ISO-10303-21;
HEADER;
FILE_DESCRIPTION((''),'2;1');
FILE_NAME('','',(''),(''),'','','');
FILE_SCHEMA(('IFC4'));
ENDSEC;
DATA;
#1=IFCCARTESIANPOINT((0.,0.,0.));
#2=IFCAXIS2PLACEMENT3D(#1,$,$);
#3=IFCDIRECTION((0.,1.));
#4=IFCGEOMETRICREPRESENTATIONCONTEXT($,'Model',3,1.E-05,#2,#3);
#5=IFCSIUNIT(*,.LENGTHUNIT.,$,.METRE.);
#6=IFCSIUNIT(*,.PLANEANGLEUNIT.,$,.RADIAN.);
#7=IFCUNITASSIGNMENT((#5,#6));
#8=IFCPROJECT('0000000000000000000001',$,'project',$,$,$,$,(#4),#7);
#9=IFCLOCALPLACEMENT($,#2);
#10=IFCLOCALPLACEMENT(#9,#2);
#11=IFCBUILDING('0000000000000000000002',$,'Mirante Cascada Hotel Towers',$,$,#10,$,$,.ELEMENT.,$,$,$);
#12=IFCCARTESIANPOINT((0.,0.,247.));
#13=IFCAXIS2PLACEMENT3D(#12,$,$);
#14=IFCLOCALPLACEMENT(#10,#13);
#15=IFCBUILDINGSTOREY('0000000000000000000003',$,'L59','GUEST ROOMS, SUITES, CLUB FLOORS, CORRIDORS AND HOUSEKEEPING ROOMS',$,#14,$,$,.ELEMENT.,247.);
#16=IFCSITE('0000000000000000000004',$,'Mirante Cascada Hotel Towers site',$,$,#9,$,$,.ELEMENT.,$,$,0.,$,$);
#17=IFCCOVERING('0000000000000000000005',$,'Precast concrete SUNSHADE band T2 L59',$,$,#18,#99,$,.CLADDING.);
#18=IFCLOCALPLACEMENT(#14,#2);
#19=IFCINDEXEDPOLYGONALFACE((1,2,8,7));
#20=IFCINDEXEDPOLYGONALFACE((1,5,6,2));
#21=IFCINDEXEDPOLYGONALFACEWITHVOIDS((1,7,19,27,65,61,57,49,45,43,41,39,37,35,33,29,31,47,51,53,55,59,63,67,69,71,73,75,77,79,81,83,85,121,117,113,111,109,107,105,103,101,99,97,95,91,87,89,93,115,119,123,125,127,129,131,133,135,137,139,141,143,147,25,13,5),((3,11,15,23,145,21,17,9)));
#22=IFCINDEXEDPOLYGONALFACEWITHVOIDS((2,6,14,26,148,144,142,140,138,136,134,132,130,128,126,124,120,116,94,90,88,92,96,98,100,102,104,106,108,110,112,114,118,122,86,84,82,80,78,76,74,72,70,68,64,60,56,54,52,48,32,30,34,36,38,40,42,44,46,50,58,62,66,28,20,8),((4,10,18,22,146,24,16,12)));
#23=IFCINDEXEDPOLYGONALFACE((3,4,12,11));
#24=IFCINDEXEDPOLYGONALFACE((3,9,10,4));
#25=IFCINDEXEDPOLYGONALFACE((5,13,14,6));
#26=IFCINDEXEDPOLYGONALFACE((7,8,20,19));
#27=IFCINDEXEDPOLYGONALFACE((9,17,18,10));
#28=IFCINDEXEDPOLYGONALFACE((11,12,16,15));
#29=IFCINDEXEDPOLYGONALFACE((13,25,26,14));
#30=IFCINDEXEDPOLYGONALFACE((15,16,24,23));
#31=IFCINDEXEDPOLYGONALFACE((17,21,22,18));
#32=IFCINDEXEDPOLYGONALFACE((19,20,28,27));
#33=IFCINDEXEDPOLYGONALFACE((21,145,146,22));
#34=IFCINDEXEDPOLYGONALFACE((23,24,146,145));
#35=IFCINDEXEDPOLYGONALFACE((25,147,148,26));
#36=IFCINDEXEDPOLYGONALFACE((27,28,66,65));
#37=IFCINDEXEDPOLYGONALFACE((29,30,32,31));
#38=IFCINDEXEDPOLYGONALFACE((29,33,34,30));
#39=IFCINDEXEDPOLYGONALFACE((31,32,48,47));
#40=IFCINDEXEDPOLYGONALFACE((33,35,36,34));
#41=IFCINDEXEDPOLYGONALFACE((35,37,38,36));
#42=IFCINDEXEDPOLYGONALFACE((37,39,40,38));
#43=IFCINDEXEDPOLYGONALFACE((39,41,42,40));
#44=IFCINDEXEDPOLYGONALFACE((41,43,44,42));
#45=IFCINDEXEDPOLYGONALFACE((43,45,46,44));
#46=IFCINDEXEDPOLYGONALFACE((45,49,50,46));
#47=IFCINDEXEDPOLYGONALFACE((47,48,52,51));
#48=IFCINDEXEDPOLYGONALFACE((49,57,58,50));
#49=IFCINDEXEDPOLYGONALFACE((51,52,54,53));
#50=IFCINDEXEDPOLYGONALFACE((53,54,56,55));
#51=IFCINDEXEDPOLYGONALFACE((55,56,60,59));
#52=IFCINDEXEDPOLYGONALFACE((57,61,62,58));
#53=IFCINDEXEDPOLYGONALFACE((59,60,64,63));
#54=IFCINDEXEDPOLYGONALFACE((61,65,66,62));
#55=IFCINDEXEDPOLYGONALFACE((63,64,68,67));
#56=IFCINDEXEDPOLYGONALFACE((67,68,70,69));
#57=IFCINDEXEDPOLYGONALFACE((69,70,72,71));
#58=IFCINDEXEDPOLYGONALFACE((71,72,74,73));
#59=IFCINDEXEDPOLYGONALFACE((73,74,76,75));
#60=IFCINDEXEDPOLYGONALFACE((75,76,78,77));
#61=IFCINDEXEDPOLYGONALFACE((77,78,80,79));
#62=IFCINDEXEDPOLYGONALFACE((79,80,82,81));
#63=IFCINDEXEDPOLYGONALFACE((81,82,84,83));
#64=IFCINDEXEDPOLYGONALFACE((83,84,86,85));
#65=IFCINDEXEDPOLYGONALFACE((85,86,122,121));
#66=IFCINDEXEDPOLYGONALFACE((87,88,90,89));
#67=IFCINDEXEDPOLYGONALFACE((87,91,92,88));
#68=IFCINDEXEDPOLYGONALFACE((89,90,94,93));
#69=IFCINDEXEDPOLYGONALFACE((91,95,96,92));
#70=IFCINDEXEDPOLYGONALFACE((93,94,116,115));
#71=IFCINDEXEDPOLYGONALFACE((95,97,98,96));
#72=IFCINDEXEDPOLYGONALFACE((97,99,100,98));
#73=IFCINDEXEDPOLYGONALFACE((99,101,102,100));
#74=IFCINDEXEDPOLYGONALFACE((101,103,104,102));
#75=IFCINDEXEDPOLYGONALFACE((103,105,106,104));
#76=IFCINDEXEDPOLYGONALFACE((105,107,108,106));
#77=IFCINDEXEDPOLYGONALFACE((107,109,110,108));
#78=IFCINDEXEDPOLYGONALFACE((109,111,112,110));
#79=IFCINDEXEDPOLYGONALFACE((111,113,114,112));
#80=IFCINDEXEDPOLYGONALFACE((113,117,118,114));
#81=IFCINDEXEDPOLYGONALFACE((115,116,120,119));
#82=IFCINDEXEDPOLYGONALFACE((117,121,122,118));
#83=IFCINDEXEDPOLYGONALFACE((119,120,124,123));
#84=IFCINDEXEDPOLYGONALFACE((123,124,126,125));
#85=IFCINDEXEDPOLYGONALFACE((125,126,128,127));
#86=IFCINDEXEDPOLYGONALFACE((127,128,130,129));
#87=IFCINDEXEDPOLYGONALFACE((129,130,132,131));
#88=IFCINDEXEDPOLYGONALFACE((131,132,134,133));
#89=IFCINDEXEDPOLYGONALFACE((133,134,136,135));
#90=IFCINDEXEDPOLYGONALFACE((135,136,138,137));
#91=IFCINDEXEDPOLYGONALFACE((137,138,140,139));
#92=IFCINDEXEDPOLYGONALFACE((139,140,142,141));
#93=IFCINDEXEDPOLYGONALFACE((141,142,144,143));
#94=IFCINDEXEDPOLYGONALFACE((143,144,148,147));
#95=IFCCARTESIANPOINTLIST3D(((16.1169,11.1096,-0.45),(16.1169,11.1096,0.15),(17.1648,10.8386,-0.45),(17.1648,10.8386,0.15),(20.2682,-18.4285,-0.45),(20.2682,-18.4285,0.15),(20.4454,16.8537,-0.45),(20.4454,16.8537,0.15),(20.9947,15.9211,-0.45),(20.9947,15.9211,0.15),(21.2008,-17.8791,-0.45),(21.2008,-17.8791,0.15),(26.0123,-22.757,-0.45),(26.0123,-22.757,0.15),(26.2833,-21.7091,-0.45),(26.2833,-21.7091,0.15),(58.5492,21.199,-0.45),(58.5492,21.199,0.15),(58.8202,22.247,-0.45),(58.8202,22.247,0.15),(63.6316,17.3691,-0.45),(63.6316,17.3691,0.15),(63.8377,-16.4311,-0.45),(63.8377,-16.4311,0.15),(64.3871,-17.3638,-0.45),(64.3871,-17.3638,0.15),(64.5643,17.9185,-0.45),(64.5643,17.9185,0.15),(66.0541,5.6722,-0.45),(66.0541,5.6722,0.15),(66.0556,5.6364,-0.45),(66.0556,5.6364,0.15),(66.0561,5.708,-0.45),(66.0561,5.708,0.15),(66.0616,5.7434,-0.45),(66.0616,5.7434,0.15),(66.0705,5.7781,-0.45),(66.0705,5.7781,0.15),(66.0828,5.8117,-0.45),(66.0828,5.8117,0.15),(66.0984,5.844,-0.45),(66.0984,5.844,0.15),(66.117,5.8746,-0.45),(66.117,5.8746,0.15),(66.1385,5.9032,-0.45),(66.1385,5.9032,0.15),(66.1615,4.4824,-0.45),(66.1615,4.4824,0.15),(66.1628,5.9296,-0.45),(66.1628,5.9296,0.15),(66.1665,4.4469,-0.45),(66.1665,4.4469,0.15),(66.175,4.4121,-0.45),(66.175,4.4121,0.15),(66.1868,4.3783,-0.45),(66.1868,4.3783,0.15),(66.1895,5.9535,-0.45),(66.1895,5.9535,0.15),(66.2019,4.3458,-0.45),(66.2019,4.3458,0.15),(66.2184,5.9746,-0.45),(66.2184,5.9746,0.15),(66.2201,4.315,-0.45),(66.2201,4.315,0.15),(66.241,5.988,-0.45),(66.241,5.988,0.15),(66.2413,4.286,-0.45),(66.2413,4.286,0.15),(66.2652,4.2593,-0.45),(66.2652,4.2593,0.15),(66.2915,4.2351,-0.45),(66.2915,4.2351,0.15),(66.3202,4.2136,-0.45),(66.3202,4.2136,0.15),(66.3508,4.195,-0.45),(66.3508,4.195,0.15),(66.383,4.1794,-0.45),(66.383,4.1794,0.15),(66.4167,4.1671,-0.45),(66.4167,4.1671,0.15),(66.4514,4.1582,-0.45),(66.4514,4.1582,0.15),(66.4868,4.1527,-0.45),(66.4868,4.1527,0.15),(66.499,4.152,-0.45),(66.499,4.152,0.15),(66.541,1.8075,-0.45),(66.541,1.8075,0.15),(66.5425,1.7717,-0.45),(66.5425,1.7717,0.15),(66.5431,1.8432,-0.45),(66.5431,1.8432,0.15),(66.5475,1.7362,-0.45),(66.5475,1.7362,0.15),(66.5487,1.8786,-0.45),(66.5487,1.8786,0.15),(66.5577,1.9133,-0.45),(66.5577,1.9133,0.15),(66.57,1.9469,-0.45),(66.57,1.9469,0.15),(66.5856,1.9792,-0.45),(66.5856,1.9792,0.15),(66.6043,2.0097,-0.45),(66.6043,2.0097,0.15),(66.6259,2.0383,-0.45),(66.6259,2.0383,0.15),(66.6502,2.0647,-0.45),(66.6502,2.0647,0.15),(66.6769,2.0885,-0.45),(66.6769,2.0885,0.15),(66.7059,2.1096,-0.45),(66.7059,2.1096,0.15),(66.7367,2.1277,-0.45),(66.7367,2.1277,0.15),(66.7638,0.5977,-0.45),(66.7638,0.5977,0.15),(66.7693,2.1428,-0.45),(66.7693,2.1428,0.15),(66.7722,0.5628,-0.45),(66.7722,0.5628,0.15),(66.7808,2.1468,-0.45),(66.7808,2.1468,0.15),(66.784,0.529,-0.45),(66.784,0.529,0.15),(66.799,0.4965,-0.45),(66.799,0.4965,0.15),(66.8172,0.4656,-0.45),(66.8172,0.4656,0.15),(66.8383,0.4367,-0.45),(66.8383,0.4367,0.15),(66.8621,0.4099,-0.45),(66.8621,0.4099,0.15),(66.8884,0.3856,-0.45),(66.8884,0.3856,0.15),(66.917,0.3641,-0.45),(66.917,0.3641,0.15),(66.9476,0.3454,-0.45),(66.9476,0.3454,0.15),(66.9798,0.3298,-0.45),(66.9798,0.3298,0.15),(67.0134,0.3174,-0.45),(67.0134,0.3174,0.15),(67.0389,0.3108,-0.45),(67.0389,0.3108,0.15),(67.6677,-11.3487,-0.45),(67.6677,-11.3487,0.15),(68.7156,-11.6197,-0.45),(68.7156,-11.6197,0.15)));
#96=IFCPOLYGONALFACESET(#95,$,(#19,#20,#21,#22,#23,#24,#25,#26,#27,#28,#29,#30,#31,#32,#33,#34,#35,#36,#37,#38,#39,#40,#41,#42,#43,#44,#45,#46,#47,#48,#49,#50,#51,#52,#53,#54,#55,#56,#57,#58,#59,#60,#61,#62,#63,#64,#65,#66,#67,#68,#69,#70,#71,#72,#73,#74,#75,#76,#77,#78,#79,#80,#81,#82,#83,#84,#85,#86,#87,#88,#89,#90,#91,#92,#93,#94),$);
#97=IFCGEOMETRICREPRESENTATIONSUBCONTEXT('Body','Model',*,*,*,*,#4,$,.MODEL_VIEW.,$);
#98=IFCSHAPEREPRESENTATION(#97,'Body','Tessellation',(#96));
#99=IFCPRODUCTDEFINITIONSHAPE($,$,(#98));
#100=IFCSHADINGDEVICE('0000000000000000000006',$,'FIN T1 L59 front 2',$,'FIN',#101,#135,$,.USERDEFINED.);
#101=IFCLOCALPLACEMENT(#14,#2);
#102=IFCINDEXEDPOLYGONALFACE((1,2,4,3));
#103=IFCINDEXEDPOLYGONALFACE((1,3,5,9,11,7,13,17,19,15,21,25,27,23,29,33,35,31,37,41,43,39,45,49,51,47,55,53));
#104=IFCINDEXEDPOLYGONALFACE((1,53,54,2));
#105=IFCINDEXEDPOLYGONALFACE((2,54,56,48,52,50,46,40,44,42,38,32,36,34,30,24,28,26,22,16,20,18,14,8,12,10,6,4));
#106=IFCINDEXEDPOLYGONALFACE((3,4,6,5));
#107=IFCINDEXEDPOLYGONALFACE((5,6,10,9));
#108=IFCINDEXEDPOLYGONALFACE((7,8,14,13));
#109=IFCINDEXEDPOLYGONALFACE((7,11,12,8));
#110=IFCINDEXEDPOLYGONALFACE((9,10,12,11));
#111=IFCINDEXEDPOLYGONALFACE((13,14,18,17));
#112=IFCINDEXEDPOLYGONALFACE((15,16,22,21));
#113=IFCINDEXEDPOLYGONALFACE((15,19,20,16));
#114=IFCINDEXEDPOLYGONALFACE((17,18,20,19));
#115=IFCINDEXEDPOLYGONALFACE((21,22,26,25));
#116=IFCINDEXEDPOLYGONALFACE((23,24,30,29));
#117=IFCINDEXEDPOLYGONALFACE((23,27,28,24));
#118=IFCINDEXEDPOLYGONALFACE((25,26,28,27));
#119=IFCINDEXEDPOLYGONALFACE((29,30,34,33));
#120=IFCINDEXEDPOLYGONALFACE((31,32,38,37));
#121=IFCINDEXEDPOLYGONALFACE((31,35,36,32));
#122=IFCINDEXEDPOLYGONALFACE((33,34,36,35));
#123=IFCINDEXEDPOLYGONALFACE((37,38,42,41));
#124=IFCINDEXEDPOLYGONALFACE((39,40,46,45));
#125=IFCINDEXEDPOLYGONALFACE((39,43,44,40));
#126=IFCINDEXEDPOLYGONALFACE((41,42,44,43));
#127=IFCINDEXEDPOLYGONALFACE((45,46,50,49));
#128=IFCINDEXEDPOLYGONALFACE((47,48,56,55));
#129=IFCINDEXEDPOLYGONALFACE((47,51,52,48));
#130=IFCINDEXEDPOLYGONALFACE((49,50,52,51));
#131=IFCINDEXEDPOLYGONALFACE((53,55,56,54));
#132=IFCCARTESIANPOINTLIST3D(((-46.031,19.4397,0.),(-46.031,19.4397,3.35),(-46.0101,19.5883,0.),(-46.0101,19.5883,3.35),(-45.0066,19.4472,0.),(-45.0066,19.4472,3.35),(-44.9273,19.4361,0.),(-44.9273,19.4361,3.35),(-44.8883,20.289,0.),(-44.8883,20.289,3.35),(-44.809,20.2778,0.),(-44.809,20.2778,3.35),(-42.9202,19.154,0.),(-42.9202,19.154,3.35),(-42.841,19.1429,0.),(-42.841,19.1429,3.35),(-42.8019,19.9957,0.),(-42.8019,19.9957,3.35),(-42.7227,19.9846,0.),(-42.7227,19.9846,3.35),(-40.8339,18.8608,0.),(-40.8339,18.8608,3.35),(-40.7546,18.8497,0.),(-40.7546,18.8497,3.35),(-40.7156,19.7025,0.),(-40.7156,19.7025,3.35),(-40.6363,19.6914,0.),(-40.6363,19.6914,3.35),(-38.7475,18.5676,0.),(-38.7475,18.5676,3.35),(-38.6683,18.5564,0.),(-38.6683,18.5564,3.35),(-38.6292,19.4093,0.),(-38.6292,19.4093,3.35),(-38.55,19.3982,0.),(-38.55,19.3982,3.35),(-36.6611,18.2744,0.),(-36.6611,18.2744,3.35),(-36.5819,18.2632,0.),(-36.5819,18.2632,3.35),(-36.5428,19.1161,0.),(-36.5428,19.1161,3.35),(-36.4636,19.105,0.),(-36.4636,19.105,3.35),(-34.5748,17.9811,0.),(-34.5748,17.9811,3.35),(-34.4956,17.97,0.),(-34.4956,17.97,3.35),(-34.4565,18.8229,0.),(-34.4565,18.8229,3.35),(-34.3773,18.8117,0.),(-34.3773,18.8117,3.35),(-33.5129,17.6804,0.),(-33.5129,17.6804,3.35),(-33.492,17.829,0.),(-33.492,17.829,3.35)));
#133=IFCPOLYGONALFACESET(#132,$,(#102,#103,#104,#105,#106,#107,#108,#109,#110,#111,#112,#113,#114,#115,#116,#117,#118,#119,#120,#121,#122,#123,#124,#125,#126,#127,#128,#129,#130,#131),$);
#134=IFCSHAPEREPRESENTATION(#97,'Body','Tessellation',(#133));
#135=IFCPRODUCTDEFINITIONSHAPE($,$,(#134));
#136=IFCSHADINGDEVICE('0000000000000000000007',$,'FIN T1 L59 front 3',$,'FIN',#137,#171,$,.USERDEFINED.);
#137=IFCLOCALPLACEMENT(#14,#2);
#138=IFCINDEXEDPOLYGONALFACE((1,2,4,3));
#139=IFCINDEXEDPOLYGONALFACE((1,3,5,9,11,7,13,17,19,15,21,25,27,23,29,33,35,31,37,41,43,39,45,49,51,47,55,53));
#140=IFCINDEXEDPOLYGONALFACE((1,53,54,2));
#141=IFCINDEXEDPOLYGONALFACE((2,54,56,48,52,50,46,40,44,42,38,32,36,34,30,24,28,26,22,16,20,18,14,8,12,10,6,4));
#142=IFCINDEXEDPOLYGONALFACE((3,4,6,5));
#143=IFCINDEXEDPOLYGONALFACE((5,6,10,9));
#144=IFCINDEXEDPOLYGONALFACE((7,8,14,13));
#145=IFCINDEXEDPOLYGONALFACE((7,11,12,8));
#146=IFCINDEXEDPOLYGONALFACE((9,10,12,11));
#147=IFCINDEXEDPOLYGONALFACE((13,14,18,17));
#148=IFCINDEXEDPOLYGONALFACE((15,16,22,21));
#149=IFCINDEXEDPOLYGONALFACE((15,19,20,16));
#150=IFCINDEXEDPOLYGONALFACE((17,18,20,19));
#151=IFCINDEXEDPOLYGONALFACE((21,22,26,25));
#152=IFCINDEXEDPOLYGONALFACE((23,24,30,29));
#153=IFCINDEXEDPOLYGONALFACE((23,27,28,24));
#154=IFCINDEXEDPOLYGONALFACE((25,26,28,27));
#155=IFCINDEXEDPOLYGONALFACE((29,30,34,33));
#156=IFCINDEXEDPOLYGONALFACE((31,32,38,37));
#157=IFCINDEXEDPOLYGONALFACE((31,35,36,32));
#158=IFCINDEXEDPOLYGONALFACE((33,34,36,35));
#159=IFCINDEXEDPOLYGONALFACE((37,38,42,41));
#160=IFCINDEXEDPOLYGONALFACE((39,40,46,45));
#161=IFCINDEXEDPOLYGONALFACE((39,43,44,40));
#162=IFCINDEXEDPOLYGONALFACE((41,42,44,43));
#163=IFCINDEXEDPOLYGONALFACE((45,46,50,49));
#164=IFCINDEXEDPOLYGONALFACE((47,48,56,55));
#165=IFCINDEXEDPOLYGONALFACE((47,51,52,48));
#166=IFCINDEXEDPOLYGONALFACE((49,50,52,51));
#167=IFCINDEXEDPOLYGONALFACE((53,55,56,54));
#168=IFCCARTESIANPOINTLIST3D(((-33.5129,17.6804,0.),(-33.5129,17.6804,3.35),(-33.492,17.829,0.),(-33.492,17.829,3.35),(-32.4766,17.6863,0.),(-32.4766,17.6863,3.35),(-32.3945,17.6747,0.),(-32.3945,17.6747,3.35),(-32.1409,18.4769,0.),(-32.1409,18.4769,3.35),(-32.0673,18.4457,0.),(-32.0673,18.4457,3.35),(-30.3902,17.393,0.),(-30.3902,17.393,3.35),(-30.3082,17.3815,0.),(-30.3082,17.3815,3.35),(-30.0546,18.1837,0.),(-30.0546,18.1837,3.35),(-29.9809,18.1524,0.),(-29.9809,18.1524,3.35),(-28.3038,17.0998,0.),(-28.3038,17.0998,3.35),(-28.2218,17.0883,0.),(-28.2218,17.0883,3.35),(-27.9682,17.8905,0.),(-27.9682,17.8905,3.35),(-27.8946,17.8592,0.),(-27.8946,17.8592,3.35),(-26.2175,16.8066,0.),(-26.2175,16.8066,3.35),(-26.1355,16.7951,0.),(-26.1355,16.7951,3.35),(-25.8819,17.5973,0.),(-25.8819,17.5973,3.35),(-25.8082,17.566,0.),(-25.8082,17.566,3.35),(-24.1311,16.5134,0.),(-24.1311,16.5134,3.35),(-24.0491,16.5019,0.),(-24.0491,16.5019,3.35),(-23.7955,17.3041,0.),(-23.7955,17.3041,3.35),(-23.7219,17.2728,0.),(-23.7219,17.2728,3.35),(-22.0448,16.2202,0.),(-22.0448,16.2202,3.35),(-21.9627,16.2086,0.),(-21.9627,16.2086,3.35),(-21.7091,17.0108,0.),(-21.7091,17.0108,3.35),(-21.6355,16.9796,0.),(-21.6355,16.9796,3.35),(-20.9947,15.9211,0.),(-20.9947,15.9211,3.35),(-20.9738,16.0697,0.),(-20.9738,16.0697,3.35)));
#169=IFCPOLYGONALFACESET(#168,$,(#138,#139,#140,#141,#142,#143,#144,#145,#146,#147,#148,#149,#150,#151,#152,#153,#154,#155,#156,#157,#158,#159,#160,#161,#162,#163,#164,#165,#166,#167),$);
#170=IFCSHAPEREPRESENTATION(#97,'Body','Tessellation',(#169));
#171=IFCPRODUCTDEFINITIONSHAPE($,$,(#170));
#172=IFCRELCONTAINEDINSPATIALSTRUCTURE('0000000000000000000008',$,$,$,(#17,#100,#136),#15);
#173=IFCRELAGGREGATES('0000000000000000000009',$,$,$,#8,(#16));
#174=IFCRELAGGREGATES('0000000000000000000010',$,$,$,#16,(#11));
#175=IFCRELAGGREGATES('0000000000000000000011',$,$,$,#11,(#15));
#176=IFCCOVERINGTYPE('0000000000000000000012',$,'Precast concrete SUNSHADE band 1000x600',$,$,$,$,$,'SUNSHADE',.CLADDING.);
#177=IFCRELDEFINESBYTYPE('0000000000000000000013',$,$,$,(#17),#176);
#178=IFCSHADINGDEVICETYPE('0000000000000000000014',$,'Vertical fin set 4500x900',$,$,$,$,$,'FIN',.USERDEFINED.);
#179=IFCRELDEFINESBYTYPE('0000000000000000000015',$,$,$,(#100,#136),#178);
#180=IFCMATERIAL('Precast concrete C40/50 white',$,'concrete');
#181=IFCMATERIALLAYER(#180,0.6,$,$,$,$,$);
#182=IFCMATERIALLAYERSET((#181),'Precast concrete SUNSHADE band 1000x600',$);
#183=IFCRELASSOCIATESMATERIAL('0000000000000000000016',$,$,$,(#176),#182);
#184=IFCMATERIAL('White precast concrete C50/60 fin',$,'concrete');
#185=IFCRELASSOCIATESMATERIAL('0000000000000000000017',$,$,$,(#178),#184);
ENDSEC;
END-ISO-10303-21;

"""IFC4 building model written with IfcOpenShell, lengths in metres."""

from ifc_helpers import new_model, si_unit, direction, frame, origin, place, context, subcontext, project, spatial, polyline, outline, extrude, material, layer, layer_set, type_object, element, save


model = new_model("IFC4")

# Units and contexts
model_context = context("Model", 3, precision=1e-05, world=origin(), true_north=direction((0.0, 1.0)))
body_context = subcontext(model_context, "Body", "Model", "MODEL_VIEW")
ifc_project = project(units=[si_unit("LENGTHUNIT", "METRE"), si_unit("PLANEANGLEUNIT", "RADIAN")], contexts=[model_context])

# Site, building, storey
site_placement = place(None, origin())
site = spatial("IfcSite", under=ifc_project, at=site_placement, Name="Mirante Cascada Hotel Towers site", CompositionType="ELEMENT", RefElevation=0.0)
building_placement = place(site_placement, origin())
building = spatial("IfcBuilding", under=site, at=building_placement, Name="Mirante Cascada Hotel Towers", CompositionType="ELEMENT")
storey_placement = place(building_placement, frame((0.0, 0.0, 247.0)))
storey = spatial("IfcBuildingStorey", under=building, at=storey_placement, Name="L59", Description="GUEST ROOMS, SUITES, CLUB FLOORS, CORRIDORS AND HOUSEKEEPING ROOMS", CompositionType="ELEMENT", Elevation=247.0)

# Covering
ifc_material_1 = material(Name="Precast concrete C40/50 white", Category="concrete")
ifc_layer_1 = layer(ifc_material_1, 0.6)
ifc_layer_set_1 = layer_set([ifc_layer_1], Name="Precast concrete SUNSHADE band 1000x600")
covering_type = type_object("IfcCoveringType", Name="Precast concrete SUNSHADE band 1000x600", ElementType="SUNSHADE", PredefinedType="CLADDING", material=ifc_layer_set_1)
covering_placement = place(storey_placement, frame((0.0, 0.0, -0.45)))
element("IfcCovering", 1, at=covering_placement, inside=storey, type_object=covering_type, Name="Precast concrete SUNSHADE band T2 L59", PredefinedType="CLADDING", context=body_context, shape_type="SweptSolid", body=[
    extrude(outline(polyline([(16.1169, 11.1096), (20.4454, 16.8537), (58.8202, 22.247), (64.5643, 17.9185), (66.241, 5.988), (66.2184, 5.9746), (66.1895, 5.9535), (66.1628, 5.9296), (66.1385, 5.9032), (66.117, 5.8746), (66.0984, 5.844), (66.0828, 5.8117), (66.0705, 5.7781), (66.0616, 5.7434), (66.0561, 5.708), (66.0541, 5.6722), (66.0556, 5.6364), (66.1615, 4.4824), (66.1665, 4.4469), (66.175, 4.4121), (66.1868, 4.3783), (66.2019, 4.3458), (66.2201, 4.315), (66.2413, 4.286), (66.2652, 4.2593), (66.2915, 4.2351), (66.3202, 4.2136), (66.3508, 4.195), (66.383, 4.1794), (66.4167, 4.1671), (66.4514, 4.1582), (66.4868, 4.1527), (66.499, 4.152), (66.7808, 2.1468), (66.7693, 2.1428), (66.7367, 2.1277), (66.7059, 2.1096), (66.6769, 2.0885), (66.6502, 2.0647), (66.6259, 2.0383), (66.6043, 2.0097), (66.5856, 1.9792), (66.57, 1.9469), (66.5577, 1.9133), (66.5487, 1.8786), (66.5431, 1.8432), (66.541, 1.8075), (66.5425, 1.7717), (66.5475, 1.7362), (66.7638, 0.5977), (66.7722, 0.5628), (66.784, 0.529), (66.799, 0.4965), (66.8172, 0.4656), (66.8383, 0.4367), (66.8621, 0.4099), (66.8884, 0.3856), (66.917, 0.3641), (66.9476, 0.3454), (66.9798, 0.3298), (67.0134, 0.3174), (67.0389, 0.3108), (68.7156, -11.6197), (64.3871, -17.3638), (26.0123, -22.757), (20.2682, -18.4285), (16.1169, 11.1096)]), holes=[polyline([(67.6677, -11.3487), (63.6316, 17.3691), (58.5492, 21.199), (20.9947, 15.9211), (17.1648, 10.8386), (21.2008, -17.8791), (26.2833, -21.7091), (63.8377, -16.4311), (67.6677, -11.3487)])]), origin(), (0.0, 0.0, 1.0), 0.6),
])

# Shading devices
ifc_material_2 = material(Name="White precast concrete C50/60 fin", Category="concrete")
shading_device_type = type_object("IfcShadingDeviceType", Name="Vertical fin set 4500x900", ElementType="FIN", PredefinedType="USERDEFINED", material=ifc_material_2)
shading_device_1_placement = place(storey_placement, origin())
element("IfcShadingDevice", 2, at=shading_device_1_placement, inside=storey, type_object=shading_device_type, Name="FIN T1 L59 front 2", ObjectType="FIN", PredefinedType="USERDEFINED", context=body_context, shape_type="SweptSolid", body=[
    extrude(outline(polyline([(-34.3773, 18.8117), (-34.4956, 17.97), (-33.492, 17.829), (-33.5129, 17.6804), (-46.031, 19.4397), (-46.0101, 19.5883), (-45.0066, 19.4472), (-44.8883, 20.289), (-44.809, 20.2778), (-44.9273, 19.4361), (-42.9202, 19.154), (-42.8019, 19.9957), (-42.7227, 19.9846), (-42.841, 19.1429), (-40.8339, 18.8608), (-40.7156, 19.7025), (-40.6363, 19.6914), (-40.7546, 18.8497), (-38.7475, 18.5676), (-38.6292, 19.4093), (-38.55, 19.3982), (-38.6683, 18.5564), (-36.6611, 18.2744), (-36.5428, 19.1161), (-36.4636, 19.105), (-36.5819, 18.2632), (-34.5748, 17.9811), (-34.4565, 18.8229), (-34.3773, 18.8117)])), origin(), (0.0, 0.0, 1.0), 3.35),
])
shading_device_2_placement = place(storey_placement, origin())
element("IfcShadingDevice", 3, at=shading_device_2_placement, inside=storey, type_object=shading_device_type, Name="FIN T1 L59 front 3", ObjectType="FIN", PredefinedType="USERDEFINED", context=body_context, shape_type="SweptSolid", body=[
    extrude(outline(polyline([(-21.6355, 16.9796), (-21.9627, 16.2086), (-20.9738, 16.0697), (-20.9947, 15.9211), (-33.5129, 17.6804), (-33.492, 17.829), (-32.4766, 17.6863), (-32.1409, 18.4769), (-32.0673, 18.4457), (-32.3945, 17.6747), (-30.3902, 17.393), (-30.0546, 18.1837), (-29.9809, 18.1524), (-30.3082, 17.3815), (-28.3038, 17.0998), (-27.9682, 17.8905), (-27.8946, 17.8592), (-28.2218, 17.0883), (-26.2175, 16.8066), (-25.8819, 17.5973), (-25.8082, 17.566), (-26.1355, 16.7951), (-24.1311, 16.5134), (-23.7955, 17.3041), (-23.7219, 17.2728), (-24.0491, 16.5019), (-22.0448, 16.2202), (-21.7091, 17.0108), (-21.6355, 16.9796)])), origin(), (0.0, 0.0, 1.0), 3.35),
])

save(model, "model.ifc")
